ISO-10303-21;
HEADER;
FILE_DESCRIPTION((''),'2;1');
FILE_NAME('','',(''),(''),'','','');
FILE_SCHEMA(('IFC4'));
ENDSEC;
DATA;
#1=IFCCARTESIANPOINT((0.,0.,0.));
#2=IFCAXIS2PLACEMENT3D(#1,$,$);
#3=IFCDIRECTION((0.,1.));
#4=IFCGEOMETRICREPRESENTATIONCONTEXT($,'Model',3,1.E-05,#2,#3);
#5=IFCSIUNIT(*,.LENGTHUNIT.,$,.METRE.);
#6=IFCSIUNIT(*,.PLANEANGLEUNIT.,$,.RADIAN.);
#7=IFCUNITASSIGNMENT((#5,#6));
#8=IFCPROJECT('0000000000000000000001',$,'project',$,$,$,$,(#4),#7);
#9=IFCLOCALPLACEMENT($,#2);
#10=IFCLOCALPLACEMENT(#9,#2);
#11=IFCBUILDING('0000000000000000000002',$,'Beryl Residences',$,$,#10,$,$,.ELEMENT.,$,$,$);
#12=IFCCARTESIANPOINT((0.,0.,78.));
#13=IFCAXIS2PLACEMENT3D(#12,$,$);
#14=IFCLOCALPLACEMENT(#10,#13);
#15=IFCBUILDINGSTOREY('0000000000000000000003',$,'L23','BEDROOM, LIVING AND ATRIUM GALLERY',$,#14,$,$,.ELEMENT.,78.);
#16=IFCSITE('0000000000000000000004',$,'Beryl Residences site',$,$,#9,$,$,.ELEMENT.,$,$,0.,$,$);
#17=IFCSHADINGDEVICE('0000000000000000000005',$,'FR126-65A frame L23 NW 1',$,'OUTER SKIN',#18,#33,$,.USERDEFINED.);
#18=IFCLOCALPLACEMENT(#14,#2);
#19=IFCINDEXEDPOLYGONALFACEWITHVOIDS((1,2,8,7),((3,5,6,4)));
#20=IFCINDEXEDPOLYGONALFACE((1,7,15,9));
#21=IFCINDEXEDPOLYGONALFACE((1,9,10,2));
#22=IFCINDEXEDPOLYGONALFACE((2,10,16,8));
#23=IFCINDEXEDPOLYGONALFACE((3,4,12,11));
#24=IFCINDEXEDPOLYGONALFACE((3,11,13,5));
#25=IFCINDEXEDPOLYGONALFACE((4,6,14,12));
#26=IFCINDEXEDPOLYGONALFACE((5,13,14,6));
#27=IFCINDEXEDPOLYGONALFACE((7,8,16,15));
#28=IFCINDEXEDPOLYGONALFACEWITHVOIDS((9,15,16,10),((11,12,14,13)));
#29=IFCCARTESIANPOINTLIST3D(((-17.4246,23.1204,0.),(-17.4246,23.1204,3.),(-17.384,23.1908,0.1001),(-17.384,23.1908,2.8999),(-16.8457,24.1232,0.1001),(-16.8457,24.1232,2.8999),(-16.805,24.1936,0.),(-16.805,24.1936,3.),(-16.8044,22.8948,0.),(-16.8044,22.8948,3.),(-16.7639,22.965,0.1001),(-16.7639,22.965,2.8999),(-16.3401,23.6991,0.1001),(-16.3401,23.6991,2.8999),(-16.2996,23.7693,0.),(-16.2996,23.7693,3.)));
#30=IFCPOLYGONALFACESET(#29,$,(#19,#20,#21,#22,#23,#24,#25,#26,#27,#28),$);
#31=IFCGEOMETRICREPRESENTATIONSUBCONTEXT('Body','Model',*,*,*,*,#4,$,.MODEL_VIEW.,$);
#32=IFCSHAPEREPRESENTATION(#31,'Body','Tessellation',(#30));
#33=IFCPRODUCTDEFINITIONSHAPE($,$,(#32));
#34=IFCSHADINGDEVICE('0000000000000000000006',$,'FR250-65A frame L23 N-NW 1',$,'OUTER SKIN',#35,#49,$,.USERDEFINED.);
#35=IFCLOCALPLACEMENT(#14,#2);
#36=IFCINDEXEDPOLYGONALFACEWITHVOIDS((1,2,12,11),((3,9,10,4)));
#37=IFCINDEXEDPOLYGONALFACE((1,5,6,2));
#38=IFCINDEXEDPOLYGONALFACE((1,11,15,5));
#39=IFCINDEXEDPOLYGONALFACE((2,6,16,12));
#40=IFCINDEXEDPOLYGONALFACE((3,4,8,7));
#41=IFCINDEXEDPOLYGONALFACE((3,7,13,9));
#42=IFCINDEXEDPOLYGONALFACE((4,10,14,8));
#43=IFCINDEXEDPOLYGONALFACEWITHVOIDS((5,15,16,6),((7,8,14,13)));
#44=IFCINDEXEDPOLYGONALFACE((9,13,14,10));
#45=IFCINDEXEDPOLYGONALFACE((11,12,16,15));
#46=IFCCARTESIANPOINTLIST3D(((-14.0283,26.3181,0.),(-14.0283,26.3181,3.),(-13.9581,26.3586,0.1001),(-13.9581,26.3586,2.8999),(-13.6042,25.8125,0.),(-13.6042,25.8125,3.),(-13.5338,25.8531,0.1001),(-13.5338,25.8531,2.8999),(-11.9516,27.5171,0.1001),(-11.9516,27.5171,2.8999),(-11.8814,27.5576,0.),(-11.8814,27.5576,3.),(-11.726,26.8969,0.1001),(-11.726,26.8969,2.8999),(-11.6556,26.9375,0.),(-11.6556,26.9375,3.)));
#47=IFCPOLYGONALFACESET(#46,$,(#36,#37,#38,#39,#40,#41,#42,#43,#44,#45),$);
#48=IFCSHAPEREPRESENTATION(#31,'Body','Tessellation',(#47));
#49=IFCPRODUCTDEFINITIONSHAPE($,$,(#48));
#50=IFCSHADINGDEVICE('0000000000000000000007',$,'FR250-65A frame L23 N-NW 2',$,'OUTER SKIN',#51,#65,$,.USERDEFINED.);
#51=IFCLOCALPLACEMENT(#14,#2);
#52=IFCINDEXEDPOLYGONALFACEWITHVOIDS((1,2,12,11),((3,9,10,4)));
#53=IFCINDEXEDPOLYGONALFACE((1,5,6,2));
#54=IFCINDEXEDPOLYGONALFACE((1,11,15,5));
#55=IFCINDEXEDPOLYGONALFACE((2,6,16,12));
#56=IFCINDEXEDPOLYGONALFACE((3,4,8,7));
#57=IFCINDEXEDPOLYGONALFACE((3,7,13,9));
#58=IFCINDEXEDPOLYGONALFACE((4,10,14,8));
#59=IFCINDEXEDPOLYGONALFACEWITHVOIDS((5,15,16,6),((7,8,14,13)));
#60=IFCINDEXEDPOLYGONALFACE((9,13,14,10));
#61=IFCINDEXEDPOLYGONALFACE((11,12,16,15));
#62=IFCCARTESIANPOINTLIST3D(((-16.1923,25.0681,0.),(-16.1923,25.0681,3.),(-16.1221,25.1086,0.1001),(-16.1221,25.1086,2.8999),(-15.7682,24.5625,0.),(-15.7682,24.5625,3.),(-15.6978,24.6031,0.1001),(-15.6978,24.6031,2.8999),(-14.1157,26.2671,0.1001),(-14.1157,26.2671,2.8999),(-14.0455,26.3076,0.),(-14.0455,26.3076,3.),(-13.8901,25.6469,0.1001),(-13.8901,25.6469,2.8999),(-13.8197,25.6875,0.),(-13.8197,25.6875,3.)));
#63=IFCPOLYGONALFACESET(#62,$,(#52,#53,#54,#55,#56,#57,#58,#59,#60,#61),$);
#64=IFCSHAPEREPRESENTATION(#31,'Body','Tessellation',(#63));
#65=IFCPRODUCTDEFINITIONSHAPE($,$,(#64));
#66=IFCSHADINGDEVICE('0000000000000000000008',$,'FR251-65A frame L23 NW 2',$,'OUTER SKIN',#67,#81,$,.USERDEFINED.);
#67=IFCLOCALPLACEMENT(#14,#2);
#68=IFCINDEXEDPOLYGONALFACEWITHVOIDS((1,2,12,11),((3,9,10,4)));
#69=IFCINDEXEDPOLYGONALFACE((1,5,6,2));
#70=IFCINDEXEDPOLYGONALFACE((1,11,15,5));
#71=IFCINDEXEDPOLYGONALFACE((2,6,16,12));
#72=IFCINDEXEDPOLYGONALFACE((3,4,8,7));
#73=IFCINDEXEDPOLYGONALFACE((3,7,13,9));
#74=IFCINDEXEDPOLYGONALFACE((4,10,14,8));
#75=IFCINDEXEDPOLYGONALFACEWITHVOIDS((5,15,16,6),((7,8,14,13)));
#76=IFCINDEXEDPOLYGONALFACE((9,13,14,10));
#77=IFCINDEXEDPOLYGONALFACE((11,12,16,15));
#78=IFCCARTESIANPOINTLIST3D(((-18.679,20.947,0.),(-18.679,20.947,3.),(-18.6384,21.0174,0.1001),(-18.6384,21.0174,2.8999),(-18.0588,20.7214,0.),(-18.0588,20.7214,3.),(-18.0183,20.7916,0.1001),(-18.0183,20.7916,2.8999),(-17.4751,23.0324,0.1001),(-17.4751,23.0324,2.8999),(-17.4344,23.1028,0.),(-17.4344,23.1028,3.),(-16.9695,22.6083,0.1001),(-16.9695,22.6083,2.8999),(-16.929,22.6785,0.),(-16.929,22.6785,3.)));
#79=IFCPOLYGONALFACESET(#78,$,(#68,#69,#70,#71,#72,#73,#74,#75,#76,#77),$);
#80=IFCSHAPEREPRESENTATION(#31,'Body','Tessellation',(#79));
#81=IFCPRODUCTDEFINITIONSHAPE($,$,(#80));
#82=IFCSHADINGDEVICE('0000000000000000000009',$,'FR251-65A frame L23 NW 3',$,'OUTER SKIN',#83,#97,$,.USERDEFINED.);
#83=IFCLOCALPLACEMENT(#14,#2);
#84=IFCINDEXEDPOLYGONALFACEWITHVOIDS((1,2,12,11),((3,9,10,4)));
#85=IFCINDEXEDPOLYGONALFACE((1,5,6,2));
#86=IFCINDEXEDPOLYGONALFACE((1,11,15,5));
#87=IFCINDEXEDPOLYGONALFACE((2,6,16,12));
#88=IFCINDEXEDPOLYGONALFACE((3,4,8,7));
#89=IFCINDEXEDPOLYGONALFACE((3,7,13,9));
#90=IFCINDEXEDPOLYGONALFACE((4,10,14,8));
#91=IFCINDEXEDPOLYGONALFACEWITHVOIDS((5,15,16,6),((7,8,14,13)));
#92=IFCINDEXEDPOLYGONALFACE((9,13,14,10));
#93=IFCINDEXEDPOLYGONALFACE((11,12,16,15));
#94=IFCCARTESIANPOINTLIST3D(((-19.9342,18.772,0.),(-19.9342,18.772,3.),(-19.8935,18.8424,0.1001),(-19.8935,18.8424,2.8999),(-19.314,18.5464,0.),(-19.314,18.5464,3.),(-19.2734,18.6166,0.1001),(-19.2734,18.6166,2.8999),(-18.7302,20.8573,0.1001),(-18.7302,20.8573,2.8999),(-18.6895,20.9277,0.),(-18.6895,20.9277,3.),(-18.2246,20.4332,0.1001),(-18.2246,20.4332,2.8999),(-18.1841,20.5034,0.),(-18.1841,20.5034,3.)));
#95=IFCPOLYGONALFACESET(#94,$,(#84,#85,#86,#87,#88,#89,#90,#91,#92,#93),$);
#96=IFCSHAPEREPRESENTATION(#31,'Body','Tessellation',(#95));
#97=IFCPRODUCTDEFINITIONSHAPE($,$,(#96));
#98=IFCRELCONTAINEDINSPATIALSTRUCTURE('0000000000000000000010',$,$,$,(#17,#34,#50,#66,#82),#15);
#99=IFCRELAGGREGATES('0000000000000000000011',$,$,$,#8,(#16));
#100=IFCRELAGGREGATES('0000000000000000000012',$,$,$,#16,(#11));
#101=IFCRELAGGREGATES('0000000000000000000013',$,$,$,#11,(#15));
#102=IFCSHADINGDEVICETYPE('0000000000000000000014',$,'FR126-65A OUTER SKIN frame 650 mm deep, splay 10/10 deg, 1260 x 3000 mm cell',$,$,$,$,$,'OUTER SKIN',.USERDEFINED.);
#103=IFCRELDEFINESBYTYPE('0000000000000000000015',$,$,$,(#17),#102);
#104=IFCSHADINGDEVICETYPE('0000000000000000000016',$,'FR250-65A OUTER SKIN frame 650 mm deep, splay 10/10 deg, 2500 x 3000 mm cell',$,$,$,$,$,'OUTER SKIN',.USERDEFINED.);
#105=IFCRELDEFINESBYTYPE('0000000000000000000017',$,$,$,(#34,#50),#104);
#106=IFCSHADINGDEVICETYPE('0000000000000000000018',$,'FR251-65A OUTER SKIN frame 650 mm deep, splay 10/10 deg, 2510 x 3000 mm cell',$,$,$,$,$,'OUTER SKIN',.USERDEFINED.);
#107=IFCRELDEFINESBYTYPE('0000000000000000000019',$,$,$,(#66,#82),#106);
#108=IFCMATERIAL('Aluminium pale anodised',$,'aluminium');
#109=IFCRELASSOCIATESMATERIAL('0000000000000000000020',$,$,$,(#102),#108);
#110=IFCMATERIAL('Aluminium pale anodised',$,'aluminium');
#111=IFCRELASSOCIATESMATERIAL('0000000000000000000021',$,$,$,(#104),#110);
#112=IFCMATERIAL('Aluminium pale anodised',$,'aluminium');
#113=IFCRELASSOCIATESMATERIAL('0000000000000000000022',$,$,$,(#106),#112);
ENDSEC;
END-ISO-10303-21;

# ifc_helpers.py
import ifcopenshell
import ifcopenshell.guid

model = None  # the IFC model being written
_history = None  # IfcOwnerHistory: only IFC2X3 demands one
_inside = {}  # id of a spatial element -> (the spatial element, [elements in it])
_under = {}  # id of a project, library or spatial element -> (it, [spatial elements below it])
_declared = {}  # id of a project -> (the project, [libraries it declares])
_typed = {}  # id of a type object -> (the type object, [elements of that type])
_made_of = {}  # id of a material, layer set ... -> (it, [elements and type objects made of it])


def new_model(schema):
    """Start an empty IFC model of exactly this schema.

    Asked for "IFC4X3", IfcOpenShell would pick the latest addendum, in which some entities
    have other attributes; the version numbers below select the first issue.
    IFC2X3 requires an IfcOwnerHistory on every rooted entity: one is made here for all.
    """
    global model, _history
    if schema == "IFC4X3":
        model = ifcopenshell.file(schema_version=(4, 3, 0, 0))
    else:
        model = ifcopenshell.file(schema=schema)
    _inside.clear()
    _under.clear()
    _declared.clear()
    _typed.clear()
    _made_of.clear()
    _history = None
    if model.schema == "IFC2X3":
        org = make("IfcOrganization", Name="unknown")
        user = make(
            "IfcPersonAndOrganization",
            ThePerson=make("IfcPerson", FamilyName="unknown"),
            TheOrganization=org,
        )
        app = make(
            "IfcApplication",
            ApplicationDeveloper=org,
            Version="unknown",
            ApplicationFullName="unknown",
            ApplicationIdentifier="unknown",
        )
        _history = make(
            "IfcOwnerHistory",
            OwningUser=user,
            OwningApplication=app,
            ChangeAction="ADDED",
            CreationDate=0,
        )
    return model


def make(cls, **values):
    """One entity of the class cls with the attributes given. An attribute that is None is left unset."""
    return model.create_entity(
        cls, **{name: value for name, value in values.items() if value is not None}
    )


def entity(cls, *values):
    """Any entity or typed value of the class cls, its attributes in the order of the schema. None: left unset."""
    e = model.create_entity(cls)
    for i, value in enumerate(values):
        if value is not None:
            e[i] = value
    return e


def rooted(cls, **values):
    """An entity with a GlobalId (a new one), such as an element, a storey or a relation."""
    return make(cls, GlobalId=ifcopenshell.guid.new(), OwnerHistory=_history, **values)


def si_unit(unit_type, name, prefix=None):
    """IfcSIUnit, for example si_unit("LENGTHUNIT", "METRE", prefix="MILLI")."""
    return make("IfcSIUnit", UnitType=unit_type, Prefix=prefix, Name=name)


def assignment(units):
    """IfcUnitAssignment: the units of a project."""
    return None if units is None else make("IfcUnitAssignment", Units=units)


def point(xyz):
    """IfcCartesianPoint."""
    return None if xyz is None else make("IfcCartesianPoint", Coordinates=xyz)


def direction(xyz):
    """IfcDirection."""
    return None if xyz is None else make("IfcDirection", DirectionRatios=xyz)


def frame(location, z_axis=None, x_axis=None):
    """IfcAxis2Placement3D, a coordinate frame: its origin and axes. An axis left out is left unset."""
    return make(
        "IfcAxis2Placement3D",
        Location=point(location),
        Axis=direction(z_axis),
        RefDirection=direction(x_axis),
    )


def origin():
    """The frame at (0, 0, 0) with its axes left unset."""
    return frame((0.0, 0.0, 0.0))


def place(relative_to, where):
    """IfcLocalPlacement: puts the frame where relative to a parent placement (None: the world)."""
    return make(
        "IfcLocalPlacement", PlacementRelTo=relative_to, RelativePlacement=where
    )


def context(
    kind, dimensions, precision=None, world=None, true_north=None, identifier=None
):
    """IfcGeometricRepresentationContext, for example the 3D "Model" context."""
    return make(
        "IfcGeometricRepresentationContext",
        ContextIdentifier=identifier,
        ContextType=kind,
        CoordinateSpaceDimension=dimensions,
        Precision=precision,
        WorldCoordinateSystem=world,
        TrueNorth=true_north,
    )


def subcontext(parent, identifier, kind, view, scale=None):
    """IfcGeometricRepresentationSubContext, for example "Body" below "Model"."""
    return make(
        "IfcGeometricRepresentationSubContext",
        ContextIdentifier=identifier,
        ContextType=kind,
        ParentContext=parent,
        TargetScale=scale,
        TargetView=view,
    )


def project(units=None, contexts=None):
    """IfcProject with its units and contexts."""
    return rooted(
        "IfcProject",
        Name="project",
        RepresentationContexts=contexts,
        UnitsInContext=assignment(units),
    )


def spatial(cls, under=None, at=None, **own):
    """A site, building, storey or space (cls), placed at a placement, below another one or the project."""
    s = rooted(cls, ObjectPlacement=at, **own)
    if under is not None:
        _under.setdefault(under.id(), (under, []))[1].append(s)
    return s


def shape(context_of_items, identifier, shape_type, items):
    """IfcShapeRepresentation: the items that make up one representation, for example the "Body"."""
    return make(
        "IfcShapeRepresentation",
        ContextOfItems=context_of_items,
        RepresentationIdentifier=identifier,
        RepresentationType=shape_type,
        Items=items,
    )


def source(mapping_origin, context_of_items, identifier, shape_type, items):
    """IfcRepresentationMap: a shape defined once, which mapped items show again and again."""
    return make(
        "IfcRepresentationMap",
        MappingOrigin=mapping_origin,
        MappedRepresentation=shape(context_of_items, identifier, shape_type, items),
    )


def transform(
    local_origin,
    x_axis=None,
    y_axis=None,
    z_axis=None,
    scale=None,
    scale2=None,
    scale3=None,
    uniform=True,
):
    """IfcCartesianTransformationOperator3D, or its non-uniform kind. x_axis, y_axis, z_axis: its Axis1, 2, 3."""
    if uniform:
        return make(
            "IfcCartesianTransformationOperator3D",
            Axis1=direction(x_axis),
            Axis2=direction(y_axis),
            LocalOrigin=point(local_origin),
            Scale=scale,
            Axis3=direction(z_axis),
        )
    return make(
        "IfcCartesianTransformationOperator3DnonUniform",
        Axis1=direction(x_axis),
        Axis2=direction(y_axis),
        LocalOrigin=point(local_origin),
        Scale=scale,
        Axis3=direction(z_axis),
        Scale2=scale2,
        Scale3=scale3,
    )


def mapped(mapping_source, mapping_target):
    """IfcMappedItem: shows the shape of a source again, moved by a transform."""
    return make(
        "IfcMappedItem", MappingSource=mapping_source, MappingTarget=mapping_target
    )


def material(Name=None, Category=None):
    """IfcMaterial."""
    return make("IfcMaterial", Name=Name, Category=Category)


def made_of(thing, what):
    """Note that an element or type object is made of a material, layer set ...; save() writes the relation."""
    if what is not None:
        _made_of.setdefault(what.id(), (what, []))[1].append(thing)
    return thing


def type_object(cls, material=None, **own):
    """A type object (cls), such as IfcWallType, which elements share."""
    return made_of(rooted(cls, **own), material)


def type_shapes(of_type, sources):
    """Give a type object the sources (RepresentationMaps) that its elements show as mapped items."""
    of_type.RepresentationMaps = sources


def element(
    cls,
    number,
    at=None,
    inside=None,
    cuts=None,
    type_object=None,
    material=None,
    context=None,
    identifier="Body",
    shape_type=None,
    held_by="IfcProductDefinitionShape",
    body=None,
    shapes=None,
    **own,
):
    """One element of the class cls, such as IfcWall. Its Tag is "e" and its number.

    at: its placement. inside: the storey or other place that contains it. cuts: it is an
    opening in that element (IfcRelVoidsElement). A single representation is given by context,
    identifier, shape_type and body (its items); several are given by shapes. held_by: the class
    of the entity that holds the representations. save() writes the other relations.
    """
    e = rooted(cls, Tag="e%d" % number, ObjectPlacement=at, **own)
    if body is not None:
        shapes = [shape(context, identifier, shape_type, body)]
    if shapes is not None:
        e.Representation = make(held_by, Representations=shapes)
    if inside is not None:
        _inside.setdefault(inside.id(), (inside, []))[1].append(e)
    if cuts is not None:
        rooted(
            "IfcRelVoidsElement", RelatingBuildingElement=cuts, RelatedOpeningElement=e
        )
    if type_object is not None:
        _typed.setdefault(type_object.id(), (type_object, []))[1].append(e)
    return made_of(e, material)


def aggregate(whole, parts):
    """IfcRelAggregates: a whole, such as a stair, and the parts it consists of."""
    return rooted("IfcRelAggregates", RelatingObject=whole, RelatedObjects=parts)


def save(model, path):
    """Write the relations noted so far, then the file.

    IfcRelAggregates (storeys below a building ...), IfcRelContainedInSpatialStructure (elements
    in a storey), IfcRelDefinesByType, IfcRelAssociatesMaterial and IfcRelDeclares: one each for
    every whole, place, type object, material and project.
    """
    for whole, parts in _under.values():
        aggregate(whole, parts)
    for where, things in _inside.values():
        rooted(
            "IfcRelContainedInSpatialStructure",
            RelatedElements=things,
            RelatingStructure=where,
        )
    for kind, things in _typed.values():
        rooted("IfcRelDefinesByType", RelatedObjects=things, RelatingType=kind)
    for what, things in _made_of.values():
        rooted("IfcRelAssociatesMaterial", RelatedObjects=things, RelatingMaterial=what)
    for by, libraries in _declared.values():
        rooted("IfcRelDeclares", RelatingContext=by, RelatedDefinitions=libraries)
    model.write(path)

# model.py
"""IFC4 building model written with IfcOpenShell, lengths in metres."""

from ifc_helpers import new_model, entity, si_unit, direction, frame, origin, place, context, subcontext, project, spatial, source, transform, mapped, material, type_object, type_shapes, element, save


model = new_model("IFC4")

# Units and contexts
model_context = context("Model", 3, precision=1e-05, world=origin(), true_north=direction((0.0, 1.0)))
body_context = subcontext(model_context, "Body", "Model", "MODEL_VIEW")
ifc_project = project(units=[si_unit("LENGTHUNIT", "METRE"), si_unit("PLANEANGLEUNIT", "RADIAN")], contexts=[model_context])

# Site, building, storey
site_placement = place(None, origin())
site = spatial("IfcSite", under=ifc_project, at=site_placement, Name="Beryl Residences site", CompositionType="ELEMENT", RefElevation=0.0)
building_placement = place(site_placement, origin())
building = spatial("IfcBuilding", under=site, at=building_placement, Name="Beryl Residences", CompositionType="ELEMENT")
storey_placement = place(building_placement, frame((0.0, 0.0, 78.0)))
storey = spatial("IfcBuildingStorey", under=building, at=storey_placement, Name="L23", Description="BEDROOM, LIVING AND ATRIUM GALLERY", CompositionType="ELEMENT", Elevation=78.0)

# Shading devices
ifc_material_1 = material(Name="Aluminium pale anodised", Category="aluminium")
shading_device_type_1 = type_object("IfcShadingDeviceType", Name="FR126-65A OUTER SKIN frame 650 mm deep, splay 10/10 deg, 1260 x 3000 mm cell", ElementType="OUTER SKIN", PredefinedType="USERDEFINED", material=ifc_material_1)
cartesian_point_1 = entity("IfcCartesianPoint", [-0.5049, 0.0])
cartesian_point_2 = entity("IfcCartesianPoint", [-0.4238, 0.1001])
cartesian_point_3 = entity("IfcCartesianPoint", [-0.6196, 0.0])
cartesian_point_4 = entity("IfcCartesianPoint", [-0.5383, 0.1001])
shared_shape_1 = source(origin(), body_context, "Body", "SweptSolid", [
    entity("IfcExtrudedAreaSolidTapered", entity("IfcArbitraryProfileDefWithVoids", "AREA", None, entity("IfcPolyline", [cartesian_point_1, entity("IfcCartesianPoint", [0.5049, 0.0]), entity("IfcCartesianPoint", [0.5049, 3.0]), entity("IfcCartesianPoint", [-0.5049, 3.0]), cartesian_point_1]), [entity("IfcPolyline", [cartesian_point_2, entity("IfcCartesianPoint", [0.4238, 0.1001]), entity("IfcCartesianPoint", [0.4238, 2.8999]), entity("IfcCartesianPoint", [-0.4238, 2.8999]), cartesian_point_2])]), entity("IfcAxis2Placement3D", entity("IfcCartesianPoint", [0.0, 0.0, 0.0]), entity("IfcDirection", [0.0, 1.0, 0.0]), entity("IfcDirection", [-1.0, 0.0, 0.0])), entity("IfcDirection", [0.0, 0.0, 1.0]), 0.6499, entity("IfcArbitraryProfileDefWithVoids", "AREA", None, entity("IfcPolyline", [cartesian_point_3, entity("IfcCartesianPoint", [0.6196, 0.0]), entity("IfcCartesianPoint", [0.6196, 3.0]), entity("IfcCartesianPoint", [-0.6196, 3.0]), cartesian_point_3]), [entity("IfcPolyline", [cartesian_point_4, entity("IfcCartesianPoint", [0.5383, 0.1001]), entity("IfcCartesianPoint", [0.5383, 2.8999]), entity("IfcCartesianPoint", [-0.5383, 2.8999]), cartesian_point_4])])),
])
type_shapes(shading_device_type_1, [shared_shape_1])
shading_device_placement = place(storey_placement, frame((-16.552, 23.332, 0.0), z_axis=(0.0, 0.0, 1.0), x_axis=(0.5, 0.866025, 0.0)))
element("IfcShadingDevice", 1, at=shading_device_placement, inside=storey, type_object=shading_device_type_1, Name="FR126-65A frame L23 NW 1", ObjectType="OUTER SKIN", PredefinedType="USERDEFINED", context=body_context, shape_type="MappedRepresentation", body=[
    mapped(shared_shape_1, transform((0.0, 0.0, 0.0))),
])
ifc_material_2 = material(Name="Aluminium pale anodised", Category="aluminium")
shading_device_type_2 = type_object("IfcShadingDeviceType", Name="FR250-65A OUTER SKIN frame 650 mm deep, splay 10/10 deg, 2500 x 3000 mm cell", ElementType="OUTER SKIN", PredefinedType="USERDEFINED", material=ifc_material_2)
cartesian_point_5 = entity("IfcCartesianPoint", [-1.125, 0.0])
cartesian_point_6 = entity("IfcCartesianPoint", [-1.0437, 0.1001])
cartesian_point_7 = entity("IfcCartesianPoint", [-1.2395, 0.0])
cartesian_point_8 = entity("IfcCartesianPoint", [-1.1584, 0.1001])
shared_shape_2 = source(origin(), body_context, "Body", "SweptSolid", [
    entity("IfcExtrudedAreaSolidTapered", entity("IfcArbitraryProfileDefWithVoids", "AREA", None, entity("IfcPolyline", [cartesian_point_5, entity("IfcCartesianPoint", [1.125, 0.0]), entity("IfcCartesianPoint", [1.125, 3.0]), entity("IfcCartesianPoint", [-1.125, 3.0]), cartesian_point_5]), [entity("IfcPolyline", [cartesian_point_6, entity("IfcCartesianPoint", [1.0437, 0.1001]), entity("IfcCartesianPoint", [1.0437, 2.8999]), entity("IfcCartesianPoint", [-1.0437, 2.8999]), cartesian_point_6])]), entity("IfcAxis2Placement3D", entity("IfcCartesianPoint", [0.0, 0.0, 0.0]), entity("IfcDirection", [0.0, 1.0, 0.0]), entity("IfcDirection", [-1.0, 0.0, 0.0])), entity("IfcDirection", [0.0, 0.0, 1.0]), 0.6499, entity("IfcArbitraryProfileDefWithVoids", "AREA", None, entity("IfcPolyline", [cartesian_point_7, entity("IfcCartesianPoint", [1.2395, 0.0]), entity("IfcCartesianPoint", [1.2395, 3.0]), entity("IfcCartesianPoint", [-1.2395, 3.0]), cartesian_point_7]), [entity("IfcPolyline", [cartesian_point_8, entity("IfcCartesianPoint", [1.1584, 0.1001]), entity("IfcCartesianPoint", [1.1584, 2.8999]), entity("IfcCartesianPoint", [-1.1584, 2.8999]), cartesian_point_8])])),
])
type_shapes(shading_device_type_2, [shared_shape_2])
for number, where, z_axis, x_axis, name in (
    (2, (-12.6299, 26.375, 0.0), (0.0, 0.0, 1.0), (0.866025, 0.5, 0.0), "FR250-65A frame L23 N-NW 1"),
    (3, (-14.7939, 25.125, 0.0), (0.0, 0.0, 1.0), (0.866025, 0.5, 0.0), "FR250-65A frame L23 N-NW 2"),
):
    element("IfcShadingDevice", number, at=place(storey_placement, frame(where, z_axis=z_axis, x_axis=x_axis)), inside=storey, type_object=shading_device_type_2, Name=name, ObjectType="OUTER SKIN", PredefinedType="USERDEFINED", context=body_context, shape_type="MappedRepresentation", body=[
        mapped(shared_shape_2, transform((0.0, 0.0, 0.0))),
    ])
ifc_material_3 = material(Name="Aluminium pale anodised", Category="aluminium")
shading_device_type_3 = type_object("IfcShadingDeviceType", Name="FR251-65A OUTER SKIN frame 650 mm deep, splay 10/10 deg, 2510 x 3000 mm cell", ElementType="OUTER SKIN", PredefinedType="USERDEFINED", material=ifc_material_3)
cartesian_point_9 = entity("IfcCartesianPoint", [-1.1299, 0.0])
cartesian_point_10 = entity("IfcCartesianPoint", [-1.0488, 0.1001])
cartesian_point_11 = entity("IfcCartesianPoint", [-1.2446, 0.0])
cartesian_point_12 = entity("IfcCartesianPoint", [-1.1633, 0.1001])
shared_shape_3 = source(origin(), body_context, "Body", "SweptSolid", [
    entity("IfcExtrudedAreaSolidTapered", entity("IfcArbitraryProfileDefWithVoids", "AREA", None, entity("IfcPolyline", [cartesian_point_9, entity("IfcCartesianPoint", [1.1299, 0.0]), entity("IfcCartesianPoint", [1.1299, 3.0]), entity("IfcCartesianPoint", [-1.1299, 3.0]), cartesian_point_9]), [entity("IfcPolyline", [cartesian_point_10, entity("IfcCartesianPoint", [1.0488, 0.1001]), entity("IfcCartesianPoint", [1.0488, 2.8999]), entity("IfcCartesianPoint", [-1.0488, 2.8999]), cartesian_point_10])]), entity("IfcAxis2Placement3D", entity("IfcCartesianPoint", [0.0, 0.0, 0.0]), entity("IfcDirection", [0.0, 1.0, 0.0]), entity("IfcDirection", [-1.0, 0.0, 0.0])), entity("IfcDirection", [0.0, 0.0, 1.0]), 0.6499, entity("IfcArbitraryProfileDefWithVoids", "AREA", None, entity("IfcPolyline", [cartesian_point_11, entity("IfcCartesianPoint", [1.2446, 0.0]), entity("IfcCartesianPoint", [1.2446, 3.0]), entity("IfcCartesianPoint", [-1.2446, 3.0]), cartesian_point_11]), [entity("IfcPolyline", [cartesian_point_12, entity("IfcCartesianPoint", [1.1633, 0.1001]), entity("IfcCartesianPoint", [1.1633, 2.8999]), entity("IfcCartesianPoint", [-1.1633, 2.8999]), cartesian_point_12])])),
])
type_shapes(shading_device_type_3, [shared_shape_3])
for number, where, z_axis, x_axis, name in (
    (4, (-17.4939, 21.7, 0.0), (0.0, 0.0, 1.0), (0.5, 0.866025, 0.0), "FR251-65A frame L23 NW 2"),
    (5, (-18.749, 19.5249, 0.0), (0.0, 0.0, 1.0), (0.5, 0.866025, 0.0), "FR251-65A frame L23 NW 3"),
):
    element("IfcShadingDevice", number, at=place(storey_placement, frame(where, z_axis=z_axis, x_axis=x_axis)), inside=storey, type_object=shading_device_type_3, Name=name, ObjectType="OUTER SKIN", PredefinedType="USERDEFINED", context=body_context, shape_type="MappedRepresentation", body=[
        mapped(shared_shape_3, transform((0.0, 0.0, 0.0))),
    ])

save(model, "model.ifc")
